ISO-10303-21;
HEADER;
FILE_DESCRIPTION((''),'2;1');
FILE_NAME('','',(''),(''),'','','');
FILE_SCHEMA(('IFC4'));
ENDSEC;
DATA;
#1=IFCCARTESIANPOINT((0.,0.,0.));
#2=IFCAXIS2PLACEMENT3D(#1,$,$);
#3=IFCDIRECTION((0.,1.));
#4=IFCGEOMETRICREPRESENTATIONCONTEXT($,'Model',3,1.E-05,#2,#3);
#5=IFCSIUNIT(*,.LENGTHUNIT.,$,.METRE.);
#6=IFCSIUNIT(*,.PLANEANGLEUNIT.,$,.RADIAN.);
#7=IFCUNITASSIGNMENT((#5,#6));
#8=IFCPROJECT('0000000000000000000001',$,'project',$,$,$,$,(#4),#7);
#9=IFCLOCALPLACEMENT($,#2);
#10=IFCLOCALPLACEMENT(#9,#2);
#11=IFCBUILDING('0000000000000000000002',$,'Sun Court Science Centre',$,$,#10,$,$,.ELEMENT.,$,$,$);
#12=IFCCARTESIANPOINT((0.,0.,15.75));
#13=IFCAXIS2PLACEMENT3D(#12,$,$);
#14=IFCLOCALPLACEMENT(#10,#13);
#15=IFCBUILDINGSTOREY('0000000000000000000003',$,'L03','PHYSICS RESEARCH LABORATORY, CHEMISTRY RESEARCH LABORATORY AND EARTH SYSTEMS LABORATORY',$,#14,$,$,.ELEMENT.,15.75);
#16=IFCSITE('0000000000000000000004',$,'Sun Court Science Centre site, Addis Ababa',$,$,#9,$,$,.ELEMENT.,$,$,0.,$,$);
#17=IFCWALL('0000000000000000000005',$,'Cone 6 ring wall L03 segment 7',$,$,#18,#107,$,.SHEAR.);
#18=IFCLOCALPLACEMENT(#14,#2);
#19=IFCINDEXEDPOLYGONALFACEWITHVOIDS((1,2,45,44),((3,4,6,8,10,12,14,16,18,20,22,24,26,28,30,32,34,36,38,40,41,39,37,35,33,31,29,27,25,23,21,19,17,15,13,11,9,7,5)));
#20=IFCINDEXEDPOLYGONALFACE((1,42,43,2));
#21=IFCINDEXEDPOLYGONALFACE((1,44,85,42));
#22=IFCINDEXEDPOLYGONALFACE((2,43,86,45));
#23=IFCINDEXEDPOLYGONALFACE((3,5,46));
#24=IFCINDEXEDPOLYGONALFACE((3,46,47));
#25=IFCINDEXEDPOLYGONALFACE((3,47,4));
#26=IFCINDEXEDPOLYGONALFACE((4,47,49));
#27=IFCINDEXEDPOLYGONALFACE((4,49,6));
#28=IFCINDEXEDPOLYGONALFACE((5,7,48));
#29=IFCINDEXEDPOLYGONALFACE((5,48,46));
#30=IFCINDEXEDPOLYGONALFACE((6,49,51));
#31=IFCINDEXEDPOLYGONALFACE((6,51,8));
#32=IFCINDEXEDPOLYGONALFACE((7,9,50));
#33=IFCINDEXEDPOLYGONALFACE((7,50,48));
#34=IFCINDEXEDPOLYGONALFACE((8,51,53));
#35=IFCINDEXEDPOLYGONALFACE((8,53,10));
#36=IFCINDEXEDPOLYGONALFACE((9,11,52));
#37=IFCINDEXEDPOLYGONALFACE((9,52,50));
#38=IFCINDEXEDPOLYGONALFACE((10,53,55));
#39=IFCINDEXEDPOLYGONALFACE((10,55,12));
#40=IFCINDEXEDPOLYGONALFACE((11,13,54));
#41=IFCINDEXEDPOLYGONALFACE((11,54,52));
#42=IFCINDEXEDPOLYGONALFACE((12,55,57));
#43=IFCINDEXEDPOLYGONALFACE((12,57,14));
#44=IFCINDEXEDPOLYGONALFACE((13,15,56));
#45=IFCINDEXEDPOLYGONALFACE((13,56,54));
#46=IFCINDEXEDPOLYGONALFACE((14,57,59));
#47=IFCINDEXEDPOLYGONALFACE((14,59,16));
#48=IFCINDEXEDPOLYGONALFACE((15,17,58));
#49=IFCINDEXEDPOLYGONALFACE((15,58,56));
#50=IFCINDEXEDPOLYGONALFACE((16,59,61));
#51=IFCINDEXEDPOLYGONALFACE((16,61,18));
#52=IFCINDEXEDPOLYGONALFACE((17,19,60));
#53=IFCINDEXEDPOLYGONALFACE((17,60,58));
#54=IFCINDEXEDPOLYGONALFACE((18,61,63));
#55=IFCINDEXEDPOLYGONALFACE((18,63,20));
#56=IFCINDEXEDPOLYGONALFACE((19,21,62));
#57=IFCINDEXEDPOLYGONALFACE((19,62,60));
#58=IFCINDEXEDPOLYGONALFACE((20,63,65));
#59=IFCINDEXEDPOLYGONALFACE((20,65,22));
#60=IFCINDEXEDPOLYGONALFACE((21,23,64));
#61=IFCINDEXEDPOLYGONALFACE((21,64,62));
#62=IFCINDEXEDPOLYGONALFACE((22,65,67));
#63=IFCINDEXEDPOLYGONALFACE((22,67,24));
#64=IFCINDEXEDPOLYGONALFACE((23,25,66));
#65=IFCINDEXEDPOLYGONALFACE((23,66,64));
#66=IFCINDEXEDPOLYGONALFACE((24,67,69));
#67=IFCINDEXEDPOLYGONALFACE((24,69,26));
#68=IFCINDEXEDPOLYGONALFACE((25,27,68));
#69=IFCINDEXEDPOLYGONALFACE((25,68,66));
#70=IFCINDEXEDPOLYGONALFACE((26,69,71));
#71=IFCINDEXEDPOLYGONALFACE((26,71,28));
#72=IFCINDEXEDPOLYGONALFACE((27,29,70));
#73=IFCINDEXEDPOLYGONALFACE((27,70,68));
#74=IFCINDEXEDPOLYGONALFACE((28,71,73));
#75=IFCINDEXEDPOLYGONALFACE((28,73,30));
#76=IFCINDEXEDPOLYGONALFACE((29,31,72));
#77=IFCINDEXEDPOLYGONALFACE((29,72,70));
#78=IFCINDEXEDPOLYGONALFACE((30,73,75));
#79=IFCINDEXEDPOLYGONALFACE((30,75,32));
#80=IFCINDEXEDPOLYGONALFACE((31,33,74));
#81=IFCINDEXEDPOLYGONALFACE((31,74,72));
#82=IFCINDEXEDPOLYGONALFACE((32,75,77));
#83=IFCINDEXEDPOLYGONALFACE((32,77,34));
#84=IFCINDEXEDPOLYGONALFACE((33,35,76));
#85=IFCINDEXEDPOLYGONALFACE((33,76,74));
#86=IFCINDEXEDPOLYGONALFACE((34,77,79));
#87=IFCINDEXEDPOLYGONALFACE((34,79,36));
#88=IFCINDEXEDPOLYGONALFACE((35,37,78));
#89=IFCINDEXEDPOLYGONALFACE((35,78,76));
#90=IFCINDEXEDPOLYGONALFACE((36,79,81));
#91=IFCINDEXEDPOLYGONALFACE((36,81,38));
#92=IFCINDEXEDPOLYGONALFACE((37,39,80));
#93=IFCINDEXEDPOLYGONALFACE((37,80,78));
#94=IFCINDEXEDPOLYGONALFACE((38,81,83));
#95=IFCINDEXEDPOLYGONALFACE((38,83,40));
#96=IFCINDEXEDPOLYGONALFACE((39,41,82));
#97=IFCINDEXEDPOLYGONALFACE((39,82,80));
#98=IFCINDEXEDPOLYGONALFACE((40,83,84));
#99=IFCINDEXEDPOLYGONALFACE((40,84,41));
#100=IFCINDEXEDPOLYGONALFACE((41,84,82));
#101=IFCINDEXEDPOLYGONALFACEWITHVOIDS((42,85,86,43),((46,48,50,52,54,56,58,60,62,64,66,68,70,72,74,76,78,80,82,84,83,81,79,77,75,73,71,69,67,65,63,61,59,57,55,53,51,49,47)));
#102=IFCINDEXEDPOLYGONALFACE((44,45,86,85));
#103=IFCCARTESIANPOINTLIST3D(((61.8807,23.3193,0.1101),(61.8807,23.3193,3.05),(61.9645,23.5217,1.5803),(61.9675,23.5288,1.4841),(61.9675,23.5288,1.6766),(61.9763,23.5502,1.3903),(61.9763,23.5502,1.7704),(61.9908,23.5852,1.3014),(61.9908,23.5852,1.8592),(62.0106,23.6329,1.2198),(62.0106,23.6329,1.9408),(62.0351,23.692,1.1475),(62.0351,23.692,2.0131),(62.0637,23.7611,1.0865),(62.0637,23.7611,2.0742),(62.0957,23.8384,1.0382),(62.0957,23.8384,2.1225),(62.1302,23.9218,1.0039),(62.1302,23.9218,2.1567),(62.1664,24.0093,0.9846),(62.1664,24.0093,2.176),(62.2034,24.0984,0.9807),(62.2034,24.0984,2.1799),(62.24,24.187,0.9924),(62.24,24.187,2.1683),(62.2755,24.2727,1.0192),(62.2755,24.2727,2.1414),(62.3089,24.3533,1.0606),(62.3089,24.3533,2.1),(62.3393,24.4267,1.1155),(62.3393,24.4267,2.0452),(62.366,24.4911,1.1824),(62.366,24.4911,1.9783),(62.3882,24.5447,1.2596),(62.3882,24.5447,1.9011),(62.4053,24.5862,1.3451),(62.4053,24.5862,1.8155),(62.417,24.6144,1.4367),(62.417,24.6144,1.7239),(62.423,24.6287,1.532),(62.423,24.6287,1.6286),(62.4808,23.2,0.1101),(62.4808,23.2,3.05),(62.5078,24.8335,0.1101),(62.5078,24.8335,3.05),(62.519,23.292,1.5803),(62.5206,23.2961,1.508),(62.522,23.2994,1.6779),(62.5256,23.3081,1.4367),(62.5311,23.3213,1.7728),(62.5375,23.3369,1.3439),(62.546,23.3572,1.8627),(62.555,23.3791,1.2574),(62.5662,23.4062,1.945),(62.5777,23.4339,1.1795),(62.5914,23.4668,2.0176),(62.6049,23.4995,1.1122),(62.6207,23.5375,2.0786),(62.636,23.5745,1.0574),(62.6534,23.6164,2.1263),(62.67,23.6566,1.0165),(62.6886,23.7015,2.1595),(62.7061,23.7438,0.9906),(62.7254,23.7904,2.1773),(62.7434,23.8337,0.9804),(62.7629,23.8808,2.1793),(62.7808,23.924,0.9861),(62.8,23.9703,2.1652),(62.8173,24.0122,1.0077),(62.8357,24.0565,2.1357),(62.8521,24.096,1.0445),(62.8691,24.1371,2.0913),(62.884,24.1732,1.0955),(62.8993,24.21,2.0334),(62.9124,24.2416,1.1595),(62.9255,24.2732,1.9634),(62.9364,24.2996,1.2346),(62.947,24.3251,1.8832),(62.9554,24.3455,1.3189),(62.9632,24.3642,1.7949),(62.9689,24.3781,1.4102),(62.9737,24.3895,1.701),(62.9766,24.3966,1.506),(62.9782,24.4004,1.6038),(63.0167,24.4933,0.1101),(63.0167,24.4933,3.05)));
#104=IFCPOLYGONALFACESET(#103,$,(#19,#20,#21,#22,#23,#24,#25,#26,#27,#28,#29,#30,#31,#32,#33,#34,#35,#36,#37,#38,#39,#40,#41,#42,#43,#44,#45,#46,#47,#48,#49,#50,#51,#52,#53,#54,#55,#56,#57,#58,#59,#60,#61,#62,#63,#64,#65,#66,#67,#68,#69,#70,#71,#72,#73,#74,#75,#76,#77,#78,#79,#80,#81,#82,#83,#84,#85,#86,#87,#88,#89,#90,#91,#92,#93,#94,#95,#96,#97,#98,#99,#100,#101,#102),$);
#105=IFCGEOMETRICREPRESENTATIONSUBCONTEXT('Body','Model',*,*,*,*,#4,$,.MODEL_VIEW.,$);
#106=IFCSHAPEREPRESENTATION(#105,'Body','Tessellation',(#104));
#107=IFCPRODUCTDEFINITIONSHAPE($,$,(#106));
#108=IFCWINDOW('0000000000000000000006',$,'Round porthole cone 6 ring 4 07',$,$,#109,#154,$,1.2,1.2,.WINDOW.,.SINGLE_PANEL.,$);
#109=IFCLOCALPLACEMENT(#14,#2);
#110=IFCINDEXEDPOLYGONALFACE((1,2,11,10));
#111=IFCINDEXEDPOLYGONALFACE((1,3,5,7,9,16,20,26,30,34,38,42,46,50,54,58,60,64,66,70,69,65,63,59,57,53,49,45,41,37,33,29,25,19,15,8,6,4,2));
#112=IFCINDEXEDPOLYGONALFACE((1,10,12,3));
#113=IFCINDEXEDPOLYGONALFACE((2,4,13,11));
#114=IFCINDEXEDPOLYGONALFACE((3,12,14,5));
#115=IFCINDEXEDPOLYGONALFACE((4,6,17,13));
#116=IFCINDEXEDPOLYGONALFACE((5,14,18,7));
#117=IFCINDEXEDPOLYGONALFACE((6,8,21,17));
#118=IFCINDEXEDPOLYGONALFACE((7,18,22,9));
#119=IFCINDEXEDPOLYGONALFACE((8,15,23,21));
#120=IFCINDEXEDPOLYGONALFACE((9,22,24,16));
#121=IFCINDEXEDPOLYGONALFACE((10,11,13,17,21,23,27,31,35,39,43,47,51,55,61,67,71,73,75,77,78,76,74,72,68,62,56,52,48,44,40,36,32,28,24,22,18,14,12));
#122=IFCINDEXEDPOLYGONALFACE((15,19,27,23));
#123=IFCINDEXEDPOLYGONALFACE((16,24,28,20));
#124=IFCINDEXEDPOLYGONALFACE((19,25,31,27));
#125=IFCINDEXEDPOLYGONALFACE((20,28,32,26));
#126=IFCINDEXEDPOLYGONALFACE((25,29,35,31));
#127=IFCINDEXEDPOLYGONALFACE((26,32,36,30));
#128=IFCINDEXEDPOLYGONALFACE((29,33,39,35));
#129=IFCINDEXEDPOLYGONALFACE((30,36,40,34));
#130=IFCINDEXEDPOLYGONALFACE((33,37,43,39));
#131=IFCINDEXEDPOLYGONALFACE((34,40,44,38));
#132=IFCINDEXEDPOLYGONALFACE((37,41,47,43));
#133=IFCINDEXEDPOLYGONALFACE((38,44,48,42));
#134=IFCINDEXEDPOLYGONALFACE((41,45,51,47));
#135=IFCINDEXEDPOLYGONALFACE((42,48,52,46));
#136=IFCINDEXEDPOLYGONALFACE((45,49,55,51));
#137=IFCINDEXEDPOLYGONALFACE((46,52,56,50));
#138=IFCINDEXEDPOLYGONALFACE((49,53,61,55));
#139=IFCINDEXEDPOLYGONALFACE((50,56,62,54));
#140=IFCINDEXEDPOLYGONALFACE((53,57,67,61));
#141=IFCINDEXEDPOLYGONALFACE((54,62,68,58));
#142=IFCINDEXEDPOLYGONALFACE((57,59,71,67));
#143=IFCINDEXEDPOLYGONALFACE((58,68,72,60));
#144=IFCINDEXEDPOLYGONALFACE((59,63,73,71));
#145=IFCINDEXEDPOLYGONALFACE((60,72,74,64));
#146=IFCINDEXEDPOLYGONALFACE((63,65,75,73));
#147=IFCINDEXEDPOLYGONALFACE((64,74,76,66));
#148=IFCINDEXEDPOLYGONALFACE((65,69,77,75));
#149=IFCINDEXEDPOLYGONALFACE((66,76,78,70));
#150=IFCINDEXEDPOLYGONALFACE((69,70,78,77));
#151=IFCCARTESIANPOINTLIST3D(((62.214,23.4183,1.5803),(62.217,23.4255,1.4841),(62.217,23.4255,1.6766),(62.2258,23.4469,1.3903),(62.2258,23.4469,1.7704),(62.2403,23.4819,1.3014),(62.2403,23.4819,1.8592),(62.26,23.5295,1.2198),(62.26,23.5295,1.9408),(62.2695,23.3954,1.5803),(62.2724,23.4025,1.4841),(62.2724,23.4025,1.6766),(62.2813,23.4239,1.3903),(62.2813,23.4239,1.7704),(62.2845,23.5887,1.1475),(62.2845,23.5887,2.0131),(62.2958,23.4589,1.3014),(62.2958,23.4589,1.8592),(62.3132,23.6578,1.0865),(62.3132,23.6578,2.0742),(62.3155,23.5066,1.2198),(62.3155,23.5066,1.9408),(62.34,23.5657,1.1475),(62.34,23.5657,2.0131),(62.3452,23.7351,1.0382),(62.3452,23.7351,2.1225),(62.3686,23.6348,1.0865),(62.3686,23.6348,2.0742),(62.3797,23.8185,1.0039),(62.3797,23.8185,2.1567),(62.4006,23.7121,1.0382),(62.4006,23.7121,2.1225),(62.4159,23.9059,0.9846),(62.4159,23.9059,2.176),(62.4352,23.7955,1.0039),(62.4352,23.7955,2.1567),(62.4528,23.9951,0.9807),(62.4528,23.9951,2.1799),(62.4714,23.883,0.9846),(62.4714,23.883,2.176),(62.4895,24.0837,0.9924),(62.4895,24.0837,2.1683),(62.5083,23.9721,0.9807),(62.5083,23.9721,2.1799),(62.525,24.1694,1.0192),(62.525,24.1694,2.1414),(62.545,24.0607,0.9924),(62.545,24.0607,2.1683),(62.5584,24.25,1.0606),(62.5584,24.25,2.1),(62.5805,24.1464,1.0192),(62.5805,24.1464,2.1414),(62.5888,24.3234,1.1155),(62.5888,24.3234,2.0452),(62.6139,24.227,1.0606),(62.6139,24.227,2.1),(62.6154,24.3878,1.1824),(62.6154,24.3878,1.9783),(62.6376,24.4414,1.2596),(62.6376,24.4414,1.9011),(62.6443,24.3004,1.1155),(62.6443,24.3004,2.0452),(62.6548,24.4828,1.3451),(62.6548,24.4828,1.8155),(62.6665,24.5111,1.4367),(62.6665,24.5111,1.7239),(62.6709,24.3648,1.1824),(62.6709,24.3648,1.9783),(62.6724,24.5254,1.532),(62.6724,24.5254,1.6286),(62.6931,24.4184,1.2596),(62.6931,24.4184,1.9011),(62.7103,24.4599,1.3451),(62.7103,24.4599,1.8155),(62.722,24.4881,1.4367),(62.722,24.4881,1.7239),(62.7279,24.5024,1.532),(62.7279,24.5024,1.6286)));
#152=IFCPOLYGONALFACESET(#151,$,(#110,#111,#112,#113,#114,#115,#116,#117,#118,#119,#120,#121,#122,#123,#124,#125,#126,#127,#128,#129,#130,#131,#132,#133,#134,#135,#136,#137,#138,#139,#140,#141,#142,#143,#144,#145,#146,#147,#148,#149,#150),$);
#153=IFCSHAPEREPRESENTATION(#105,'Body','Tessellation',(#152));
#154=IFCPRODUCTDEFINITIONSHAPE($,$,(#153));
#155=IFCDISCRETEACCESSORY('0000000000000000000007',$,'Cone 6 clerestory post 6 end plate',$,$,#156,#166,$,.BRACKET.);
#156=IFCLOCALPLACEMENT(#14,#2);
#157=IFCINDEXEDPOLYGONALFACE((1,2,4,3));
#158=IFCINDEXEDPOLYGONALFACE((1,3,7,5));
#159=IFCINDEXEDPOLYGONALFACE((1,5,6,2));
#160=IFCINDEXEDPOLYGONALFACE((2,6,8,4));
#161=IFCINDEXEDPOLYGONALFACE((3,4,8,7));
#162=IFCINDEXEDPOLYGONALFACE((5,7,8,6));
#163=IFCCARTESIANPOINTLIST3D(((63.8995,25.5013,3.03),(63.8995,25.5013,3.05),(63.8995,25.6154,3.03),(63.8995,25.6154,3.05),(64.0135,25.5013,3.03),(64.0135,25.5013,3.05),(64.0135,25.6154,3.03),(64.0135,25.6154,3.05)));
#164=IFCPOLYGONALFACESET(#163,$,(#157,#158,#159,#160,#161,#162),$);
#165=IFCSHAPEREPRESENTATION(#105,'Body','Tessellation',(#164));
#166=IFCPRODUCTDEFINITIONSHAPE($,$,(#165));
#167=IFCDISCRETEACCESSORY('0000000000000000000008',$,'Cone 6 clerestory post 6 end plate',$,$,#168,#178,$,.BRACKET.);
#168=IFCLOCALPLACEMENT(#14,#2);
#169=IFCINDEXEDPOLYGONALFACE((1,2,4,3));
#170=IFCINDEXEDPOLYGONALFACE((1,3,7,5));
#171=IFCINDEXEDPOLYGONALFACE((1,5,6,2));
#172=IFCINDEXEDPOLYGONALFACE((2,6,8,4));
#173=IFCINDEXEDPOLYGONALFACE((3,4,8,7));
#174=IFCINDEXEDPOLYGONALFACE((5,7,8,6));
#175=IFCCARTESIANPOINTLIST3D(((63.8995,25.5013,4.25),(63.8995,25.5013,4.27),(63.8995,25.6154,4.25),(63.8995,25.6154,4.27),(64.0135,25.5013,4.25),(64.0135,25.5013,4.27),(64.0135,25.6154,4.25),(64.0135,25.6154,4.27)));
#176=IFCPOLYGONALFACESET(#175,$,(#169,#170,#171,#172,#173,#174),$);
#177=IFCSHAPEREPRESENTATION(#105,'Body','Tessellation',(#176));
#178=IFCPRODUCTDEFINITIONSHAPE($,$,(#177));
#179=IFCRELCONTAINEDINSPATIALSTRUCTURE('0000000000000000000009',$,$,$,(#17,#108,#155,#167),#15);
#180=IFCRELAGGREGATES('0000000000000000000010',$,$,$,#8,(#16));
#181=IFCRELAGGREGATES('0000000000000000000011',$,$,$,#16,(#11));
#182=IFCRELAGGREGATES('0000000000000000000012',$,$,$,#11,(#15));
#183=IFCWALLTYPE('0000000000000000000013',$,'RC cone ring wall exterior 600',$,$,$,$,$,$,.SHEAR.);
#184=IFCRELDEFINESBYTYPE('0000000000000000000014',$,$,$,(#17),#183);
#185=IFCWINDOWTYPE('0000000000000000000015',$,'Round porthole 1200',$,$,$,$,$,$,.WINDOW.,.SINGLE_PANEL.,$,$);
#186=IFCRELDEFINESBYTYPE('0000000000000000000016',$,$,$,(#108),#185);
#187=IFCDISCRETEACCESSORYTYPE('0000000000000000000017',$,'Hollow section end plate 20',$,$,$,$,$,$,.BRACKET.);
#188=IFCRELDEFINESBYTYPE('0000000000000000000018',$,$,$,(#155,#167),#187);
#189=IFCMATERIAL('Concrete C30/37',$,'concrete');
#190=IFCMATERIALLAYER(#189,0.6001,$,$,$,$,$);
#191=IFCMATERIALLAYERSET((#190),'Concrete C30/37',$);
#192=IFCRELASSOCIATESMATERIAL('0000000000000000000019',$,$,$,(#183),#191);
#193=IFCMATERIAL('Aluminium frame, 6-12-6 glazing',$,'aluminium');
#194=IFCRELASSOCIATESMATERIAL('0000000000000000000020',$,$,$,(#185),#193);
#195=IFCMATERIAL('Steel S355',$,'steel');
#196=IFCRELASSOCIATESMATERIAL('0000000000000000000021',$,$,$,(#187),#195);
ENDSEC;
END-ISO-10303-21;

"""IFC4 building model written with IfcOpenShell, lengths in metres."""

from ifc_helpers import new_model, si_unit, direction, frame, frame_2d, origin, origin_2d, place, context, subcontext, project, spatial, polyline, rectangle, circle, outline, extrude, material, layer, layer_set, type_object, element, fill, save


model = new_model("IFC4")

# Units and contexts
model_context = context("Model", 3, precision=1e-05, world=origin(), true_north=direction((0.0, 1.0)))
body_context = subcontext(model_context, "Body", "Model", "MODEL_VIEW")
ifc_project = project(units=[si_unit("LENGTHUNIT", "METRE"), si_unit("PLANEANGLEUNIT", "RADIAN")], contexts=[model_context])

# Site, building, storey
site_placement = place(None, origin())
site = spatial("IfcSite", under=ifc_project, at=site_placement, Name="Sun Court Science Centre site, Addis Ababa", CompositionType="ELEMENT", RefElevation=0.0)
building_placement = place(site_placement, origin())
building = spatial("IfcBuilding", under=site, at=building_placement, Name="Sun Court Science Centre", CompositionType="ELEMENT")
storey_placement = place(building_placement, frame((0.0, 0.0, 15.75)))
storey = spatial("IfcBuildingStorey", under=building, at=storey_placement, Name="L03", Description="PHYSICS RESEARCH LABORATORY, CHEMISTRY RESEARCH LABORATORY AND EARTH SYSTEMS LABORATORY", CompositionType="ELEMENT", Elevation=15.75)

# Shared definitions
ifc_material_1 = material(Name="Concrete C30/37", Category="concrete")
ifc_layer_1 = layer(ifc_material_1, 0.6001)
ifc_layer_set_1 = layer_set([ifc_layer_1], Name="Concrete C30/37")
wall_type = type_object("IfcWallType", Name="RC cone ring wall exterior 600", PredefinedType="SHEAR", material=ifc_layer_set_1)

# Wall, opening, window
wall_1_placement = place(storey_placement, frame((62.7849, 24.7185, 0.1101), z_axis=(0.0, 0.0, 1.0), x_axis=(-0.382615, -0.923908, 0.0)))
wall_1 = element("IfcWall", 1, at=wall_1_placement, inside=storey, type_object=wall_type, Name="Cone 6 ring wall L03 segment 7", PredefinedType="SHEAR", context=body_context, shape_type="SweptSolid", body=[
    extrude(outline(polyline([(-0.0002, -0.3), (1.6387, -0.3), (1.5193, 0.3), (0.1194, 0.3003), (-0.0002, -0.3)])), origin(), (0.0, 0.0, 1.0), 2.9399),
])
opening_placement = place(wall_1_placement, frame((0.2195, 0.0, 0.8701)))
opening = element("IfcOpeningElement", 2, at=opening_placement, cuts=wall_1, PredefinedType="OPENING", context=body_context, shape_type="SweptSolid", body=[
    extrude(circle(Radius=0.6001, at=frame_2d((0.6001, 0.6001))), frame((0.0, 0.3101, 0.0), z_axis=(0.0, -1.0, 0.0), x_axis=(1.0, 0.0, 0.0)), (0.0, 0.0, 1.0), 0.6201),
])
ifc_material_2 = material(Name="Aluminium frame, 6-12-6 glazing", Category="aluminium")
window_type = type_object("IfcWindowType", Name="Round porthole 1200", PartitioningType="SINGLE_PANEL", PredefinedType="WINDOW", material=ifc_material_2)
window_placement = place(opening_placement, origin())
window = element("IfcWindow", 3, at=window_placement, inside=storey, type_object=window_type, Name="Round porthole cone 6 ring 4 07", OverallHeight=1.2, OverallWidth=1.2, PartitioningType="SINGLE_PANEL", PredefinedType="WINDOW", context=body_context, shape_type="SweptSolid", body=[
    extrude(circle(Radius=0.6001, at=frame_2d((0.6001, 0.6001))), frame((0.0, 0.03, 0.0), z_axis=(0.0, -1.0, 0.0), x_axis=(1.0, 0.0, 0.0)), (0.0, 0.0, 1.0), 0.0601),
])
fill(opening, window)

# Discrete accessories
ifc_material_3 = material(Name="Steel S355", Category="steel")
discrete_accessory_type = type_object("IfcDiscreteAccessoryType", Name="Hollow section end plate 20", PredefinedType="BRACKET", material=ifc_material_3)
for number, where, z_axis, x_axis, name in (
    (4, (63.9565, 25.5583, 3.03), (0.0, 0.0, 1.0), (1.0, 0.0, 0.0), "Cone 6 clerestory post 6 end plate"),
    (5, (63.9565, 25.5583, 4.25), (0.0, 0.0, 1.0), (1.0, 0.0, 0.0), "Cone 6 clerestory post 6 end plate"),
):
    element("IfcDiscreteAccessory", number, at=place(storey_placement, frame(where, z_axis=z_axis, x_axis=x_axis)), inside=storey, type_object=discrete_accessory_type, Name=name, PredefinedType="BRACKET", context=body_context, shape_type="SweptSolid", body=[
        extrude(rectangle(XDim=0.114, YDim=0.114, at=origin_2d()), origin(), (0.0, 0.0, 1.0), 0.02),
    ])

save(model, "model.ifc")
